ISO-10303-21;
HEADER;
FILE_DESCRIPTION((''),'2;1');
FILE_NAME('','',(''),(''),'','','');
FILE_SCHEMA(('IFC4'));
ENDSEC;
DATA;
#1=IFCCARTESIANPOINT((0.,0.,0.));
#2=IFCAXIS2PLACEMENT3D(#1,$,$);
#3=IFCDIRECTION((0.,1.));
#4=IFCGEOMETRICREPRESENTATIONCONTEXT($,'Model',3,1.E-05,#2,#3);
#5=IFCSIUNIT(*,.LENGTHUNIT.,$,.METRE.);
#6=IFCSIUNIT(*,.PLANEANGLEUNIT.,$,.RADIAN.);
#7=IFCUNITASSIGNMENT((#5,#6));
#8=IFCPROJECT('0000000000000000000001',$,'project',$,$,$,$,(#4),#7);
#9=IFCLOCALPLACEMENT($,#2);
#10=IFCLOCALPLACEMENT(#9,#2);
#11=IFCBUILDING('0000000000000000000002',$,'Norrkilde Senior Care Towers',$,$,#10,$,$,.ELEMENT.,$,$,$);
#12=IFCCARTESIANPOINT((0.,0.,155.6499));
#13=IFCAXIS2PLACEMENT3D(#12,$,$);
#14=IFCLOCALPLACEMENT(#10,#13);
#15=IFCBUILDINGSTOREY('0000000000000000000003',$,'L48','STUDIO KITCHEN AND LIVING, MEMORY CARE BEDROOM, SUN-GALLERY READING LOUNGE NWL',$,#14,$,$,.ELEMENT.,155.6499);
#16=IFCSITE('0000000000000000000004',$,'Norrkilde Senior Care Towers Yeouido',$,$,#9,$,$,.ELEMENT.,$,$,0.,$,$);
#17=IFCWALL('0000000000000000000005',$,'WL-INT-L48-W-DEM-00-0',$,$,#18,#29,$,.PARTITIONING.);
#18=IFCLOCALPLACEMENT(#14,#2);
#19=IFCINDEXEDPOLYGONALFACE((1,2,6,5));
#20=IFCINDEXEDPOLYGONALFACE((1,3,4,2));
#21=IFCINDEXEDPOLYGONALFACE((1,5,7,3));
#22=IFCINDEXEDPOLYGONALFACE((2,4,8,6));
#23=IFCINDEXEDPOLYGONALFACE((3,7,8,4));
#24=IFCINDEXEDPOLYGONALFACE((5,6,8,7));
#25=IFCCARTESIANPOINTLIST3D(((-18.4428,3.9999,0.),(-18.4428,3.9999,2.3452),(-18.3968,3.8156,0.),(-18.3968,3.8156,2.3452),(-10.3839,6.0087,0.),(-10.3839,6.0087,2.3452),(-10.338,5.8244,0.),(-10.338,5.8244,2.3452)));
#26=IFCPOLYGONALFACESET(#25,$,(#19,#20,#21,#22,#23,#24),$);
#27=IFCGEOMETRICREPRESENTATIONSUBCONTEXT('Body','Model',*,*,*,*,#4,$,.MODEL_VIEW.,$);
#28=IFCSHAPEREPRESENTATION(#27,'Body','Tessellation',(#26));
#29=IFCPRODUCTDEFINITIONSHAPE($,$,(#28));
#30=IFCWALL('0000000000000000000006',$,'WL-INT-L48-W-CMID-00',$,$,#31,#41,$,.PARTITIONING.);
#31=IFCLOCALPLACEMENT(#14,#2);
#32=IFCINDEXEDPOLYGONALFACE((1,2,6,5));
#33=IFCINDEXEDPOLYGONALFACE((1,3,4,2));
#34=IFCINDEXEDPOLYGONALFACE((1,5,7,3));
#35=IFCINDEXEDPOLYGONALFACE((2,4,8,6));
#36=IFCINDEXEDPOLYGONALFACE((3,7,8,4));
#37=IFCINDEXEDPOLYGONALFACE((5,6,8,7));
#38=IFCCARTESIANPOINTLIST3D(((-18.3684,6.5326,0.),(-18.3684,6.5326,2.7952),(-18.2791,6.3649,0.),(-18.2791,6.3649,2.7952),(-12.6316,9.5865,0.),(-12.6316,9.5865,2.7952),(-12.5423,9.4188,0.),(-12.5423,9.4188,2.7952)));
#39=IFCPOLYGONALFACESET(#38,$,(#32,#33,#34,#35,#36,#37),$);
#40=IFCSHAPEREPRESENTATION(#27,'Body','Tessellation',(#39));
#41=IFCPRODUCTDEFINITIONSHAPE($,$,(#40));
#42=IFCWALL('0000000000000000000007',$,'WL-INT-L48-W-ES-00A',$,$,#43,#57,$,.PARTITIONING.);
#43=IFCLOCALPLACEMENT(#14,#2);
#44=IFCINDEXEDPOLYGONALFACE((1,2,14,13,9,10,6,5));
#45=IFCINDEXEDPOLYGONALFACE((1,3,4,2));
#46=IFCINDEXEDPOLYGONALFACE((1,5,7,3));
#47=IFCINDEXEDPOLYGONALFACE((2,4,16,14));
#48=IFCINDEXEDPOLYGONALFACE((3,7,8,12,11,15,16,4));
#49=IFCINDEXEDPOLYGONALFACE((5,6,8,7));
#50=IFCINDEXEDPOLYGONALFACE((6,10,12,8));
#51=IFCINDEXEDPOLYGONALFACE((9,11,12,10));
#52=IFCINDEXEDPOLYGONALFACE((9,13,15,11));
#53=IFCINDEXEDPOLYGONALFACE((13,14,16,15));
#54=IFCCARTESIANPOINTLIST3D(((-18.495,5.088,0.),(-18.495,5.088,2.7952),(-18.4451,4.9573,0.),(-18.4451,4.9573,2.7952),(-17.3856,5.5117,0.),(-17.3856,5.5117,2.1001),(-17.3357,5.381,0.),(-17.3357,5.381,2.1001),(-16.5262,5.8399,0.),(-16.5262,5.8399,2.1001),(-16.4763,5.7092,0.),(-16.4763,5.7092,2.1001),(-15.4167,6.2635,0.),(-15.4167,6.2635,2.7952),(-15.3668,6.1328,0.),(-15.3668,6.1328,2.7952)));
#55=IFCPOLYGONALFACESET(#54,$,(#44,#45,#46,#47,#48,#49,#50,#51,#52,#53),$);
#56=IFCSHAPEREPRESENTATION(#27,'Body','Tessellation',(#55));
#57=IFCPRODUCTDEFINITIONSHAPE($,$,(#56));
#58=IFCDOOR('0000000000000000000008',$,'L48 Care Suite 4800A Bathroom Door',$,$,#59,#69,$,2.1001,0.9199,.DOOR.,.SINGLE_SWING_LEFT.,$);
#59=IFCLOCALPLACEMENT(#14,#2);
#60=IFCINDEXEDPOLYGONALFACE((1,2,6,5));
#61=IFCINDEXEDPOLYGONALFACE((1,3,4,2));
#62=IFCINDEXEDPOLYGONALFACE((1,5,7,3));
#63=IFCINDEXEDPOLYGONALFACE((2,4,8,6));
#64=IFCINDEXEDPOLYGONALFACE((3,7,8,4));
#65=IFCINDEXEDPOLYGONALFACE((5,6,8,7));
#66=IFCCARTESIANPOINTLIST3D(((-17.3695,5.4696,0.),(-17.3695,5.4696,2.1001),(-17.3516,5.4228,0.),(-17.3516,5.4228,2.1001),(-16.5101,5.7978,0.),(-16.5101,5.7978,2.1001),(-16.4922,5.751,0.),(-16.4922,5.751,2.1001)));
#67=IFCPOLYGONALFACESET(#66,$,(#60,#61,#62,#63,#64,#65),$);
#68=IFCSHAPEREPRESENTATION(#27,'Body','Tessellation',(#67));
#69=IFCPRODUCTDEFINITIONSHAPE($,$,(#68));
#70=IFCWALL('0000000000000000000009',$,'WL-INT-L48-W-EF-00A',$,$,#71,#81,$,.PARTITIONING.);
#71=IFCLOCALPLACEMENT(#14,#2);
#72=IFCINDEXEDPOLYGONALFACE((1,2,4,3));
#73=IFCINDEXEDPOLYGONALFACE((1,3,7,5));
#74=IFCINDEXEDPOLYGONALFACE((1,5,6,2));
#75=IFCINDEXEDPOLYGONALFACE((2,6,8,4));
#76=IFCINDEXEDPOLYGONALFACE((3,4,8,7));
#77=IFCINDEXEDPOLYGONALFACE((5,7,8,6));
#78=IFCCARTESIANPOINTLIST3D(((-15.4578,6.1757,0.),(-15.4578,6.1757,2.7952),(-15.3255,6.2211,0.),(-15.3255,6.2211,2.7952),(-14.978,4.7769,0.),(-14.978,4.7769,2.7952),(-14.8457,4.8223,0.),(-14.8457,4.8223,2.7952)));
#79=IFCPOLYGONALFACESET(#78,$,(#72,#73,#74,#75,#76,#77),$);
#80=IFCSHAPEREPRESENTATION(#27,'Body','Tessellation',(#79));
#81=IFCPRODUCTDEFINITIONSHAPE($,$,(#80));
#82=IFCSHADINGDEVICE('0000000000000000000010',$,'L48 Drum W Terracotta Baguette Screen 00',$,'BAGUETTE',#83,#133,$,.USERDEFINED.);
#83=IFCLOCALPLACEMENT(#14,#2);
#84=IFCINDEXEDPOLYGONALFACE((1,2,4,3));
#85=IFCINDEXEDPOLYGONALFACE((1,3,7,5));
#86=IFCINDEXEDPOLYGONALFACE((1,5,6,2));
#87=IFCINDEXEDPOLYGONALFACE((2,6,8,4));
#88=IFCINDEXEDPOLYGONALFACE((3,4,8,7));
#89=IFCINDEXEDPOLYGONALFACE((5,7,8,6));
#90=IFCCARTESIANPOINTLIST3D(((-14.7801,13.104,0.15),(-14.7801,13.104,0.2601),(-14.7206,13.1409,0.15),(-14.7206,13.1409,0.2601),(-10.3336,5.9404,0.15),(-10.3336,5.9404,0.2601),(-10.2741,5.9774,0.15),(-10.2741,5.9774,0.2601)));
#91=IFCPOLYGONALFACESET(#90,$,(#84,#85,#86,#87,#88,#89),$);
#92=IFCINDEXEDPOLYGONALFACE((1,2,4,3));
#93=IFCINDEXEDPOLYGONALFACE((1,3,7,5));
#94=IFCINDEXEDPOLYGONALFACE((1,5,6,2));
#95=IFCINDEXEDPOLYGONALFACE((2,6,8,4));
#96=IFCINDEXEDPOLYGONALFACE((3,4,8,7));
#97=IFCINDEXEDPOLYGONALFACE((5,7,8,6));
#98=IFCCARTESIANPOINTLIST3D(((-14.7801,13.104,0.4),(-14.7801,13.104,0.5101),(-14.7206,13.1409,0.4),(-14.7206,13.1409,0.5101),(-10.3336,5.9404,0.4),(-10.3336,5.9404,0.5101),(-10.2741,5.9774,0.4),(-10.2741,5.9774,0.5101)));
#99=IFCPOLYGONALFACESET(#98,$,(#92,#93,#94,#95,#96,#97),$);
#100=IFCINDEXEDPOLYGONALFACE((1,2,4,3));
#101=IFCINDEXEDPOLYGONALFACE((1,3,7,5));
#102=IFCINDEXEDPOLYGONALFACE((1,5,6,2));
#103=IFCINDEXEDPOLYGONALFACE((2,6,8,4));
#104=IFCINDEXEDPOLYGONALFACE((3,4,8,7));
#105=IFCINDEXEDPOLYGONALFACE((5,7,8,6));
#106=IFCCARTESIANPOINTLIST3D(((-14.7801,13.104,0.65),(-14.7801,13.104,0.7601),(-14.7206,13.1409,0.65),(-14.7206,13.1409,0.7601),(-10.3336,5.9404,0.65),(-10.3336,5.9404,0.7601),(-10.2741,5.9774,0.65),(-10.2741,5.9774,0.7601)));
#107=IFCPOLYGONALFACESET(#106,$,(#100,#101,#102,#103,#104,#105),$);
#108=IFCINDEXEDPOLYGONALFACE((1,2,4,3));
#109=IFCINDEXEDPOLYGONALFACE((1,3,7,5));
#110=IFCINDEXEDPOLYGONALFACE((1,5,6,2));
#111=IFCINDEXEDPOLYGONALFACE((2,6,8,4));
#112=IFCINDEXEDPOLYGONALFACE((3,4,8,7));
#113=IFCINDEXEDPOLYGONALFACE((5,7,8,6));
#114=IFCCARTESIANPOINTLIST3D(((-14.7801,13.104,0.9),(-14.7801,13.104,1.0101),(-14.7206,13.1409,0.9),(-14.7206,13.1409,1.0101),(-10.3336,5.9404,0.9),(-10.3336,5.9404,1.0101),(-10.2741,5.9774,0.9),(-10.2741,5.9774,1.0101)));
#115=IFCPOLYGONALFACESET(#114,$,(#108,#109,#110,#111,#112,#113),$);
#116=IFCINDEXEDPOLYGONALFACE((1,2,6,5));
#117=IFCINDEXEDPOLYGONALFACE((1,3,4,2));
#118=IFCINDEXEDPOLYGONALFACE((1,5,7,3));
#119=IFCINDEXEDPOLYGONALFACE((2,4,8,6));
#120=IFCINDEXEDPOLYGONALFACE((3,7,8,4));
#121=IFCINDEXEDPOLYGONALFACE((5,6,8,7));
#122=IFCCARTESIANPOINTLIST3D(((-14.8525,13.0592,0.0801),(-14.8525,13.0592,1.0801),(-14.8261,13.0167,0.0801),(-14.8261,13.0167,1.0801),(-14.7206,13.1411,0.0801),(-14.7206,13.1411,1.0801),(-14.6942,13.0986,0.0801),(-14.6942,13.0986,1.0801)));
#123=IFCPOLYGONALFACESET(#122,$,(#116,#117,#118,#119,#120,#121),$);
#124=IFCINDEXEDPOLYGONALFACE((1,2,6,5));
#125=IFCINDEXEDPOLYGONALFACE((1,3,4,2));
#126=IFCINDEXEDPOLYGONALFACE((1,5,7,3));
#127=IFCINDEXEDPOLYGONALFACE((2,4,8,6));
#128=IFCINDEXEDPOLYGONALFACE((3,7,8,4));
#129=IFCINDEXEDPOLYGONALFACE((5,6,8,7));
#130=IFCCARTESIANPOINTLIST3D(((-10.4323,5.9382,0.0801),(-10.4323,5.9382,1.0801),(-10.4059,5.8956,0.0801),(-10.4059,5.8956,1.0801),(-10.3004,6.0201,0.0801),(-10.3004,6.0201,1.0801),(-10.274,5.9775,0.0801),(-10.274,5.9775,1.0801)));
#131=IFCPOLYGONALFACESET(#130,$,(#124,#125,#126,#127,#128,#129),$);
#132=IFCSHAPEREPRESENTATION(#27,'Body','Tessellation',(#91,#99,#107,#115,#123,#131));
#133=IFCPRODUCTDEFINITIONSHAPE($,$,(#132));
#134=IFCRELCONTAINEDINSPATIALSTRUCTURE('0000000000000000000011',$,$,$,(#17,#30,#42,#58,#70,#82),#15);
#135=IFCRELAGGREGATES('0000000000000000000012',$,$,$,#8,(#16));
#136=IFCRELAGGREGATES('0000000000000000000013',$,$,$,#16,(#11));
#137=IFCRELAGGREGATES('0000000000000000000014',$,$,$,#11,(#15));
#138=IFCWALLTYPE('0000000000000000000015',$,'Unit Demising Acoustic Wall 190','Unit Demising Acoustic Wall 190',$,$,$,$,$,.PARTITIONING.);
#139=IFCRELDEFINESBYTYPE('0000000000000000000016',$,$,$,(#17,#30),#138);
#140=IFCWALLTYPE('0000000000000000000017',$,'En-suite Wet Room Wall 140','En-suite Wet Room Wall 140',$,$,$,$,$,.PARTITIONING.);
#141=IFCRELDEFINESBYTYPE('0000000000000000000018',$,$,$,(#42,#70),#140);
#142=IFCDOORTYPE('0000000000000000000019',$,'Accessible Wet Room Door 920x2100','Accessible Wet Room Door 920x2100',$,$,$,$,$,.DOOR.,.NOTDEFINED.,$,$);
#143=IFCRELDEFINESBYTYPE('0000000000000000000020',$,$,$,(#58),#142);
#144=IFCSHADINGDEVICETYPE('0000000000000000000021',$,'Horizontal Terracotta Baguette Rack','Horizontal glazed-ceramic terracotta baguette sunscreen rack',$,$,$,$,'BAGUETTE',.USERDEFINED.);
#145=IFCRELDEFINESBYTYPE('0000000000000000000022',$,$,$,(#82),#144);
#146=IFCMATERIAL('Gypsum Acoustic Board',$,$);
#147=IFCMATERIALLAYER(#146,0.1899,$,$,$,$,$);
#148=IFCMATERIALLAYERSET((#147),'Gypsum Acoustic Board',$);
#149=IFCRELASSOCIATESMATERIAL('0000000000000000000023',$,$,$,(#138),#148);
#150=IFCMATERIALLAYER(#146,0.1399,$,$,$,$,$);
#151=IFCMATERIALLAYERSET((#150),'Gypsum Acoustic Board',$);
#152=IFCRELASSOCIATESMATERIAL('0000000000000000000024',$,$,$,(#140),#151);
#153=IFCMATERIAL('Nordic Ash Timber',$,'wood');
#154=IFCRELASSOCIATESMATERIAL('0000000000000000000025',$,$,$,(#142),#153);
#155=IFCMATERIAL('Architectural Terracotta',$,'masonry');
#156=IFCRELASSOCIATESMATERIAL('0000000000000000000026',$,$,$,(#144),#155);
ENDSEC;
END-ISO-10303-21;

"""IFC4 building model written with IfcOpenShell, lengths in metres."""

from ifc_helpers import new_model, si_unit, direction, frame, frame_2d, origin, origin_2d, place, context, subcontext, project, spatial, rectangle, extrude, source, transform, mapped, material, layer, layer_set, type_object, type_shapes, element, fill, save


model = new_model("IFC4")

# Units and contexts
model_context = context("Model", 3, precision=1e-05, world=origin(), true_north=direction((0.0, 1.0)))
body_context = subcontext(model_context, "Body", "Model", "MODEL_VIEW")
ifc_project = project(units=[si_unit("LENGTHUNIT", "METRE"), si_unit("PLANEANGLEUNIT", "RADIAN")], contexts=[model_context])

# Site, building, storey
site_placement = place(None, origin())
site = spatial("IfcSite", under=ifc_project, at=site_placement, Name="Norrkilde Senior Care Towers Yeouido", CompositionType="ELEMENT", RefElevation=0.0)
building_placement = place(site_placement, origin())
building = spatial("IfcBuilding", under=site, at=building_placement, Name="Norrkilde Senior Care Towers", CompositionType="ELEMENT")
storey_placement = place(building_placement, frame((0.0, 0.0, 155.6499)))
storey = spatial("IfcBuildingStorey", under=building, at=storey_placement, Name="L48", Description="STUDIO KITCHEN AND LIVING, MEMORY CARE BEDROOM, SUN-GALLERY READING LOUNGE NWL", CompositionType="ELEMENT", Elevation=155.6499)

# Shared definitions
ifc_material_1 = material(Name="Gypsum Acoustic Board")
ifc_material_2 = material(Name="Nordic Ash Timber", Category="wood")

# Walls
ifc_layer_1 = layer(ifc_material_1, 0.1899)
ifc_layer_set_1 = layer_set([ifc_layer_1], Name="Gypsum Acoustic Board")
wall_type_1 = type_object("IfcWallType", Name="Unit Demising Acoustic Wall 190", Description="Unit Demising Acoustic Wall 190", PredefinedType="PARTITIONING", material=ifc_layer_set_1)
shared_shape_1 = source(origin(), body_context, "Body", "SweptSolid", [
    extrude(rectangle(XDim=8.3054, YDim=0.1899, at=frame_2d((4.1528, 0.0))), origin(), (0.0, 0.0, 1.0), 2.3452),
])
wall_1_placement = place(storey_placement, frame((-18.4199, 3.9077, 0.0), z_axis=(0.0, 0.0, 1.0), x_axis=(0.97031, 0.241865, 0.0)))
element("IfcWall", 1, at=wall_1_placement, inside=storey, type_object=wall_type_1, Name="WL-INT-L48-W-DEM-00-0", PredefinedType="PARTITIONING", context=body_context, shape_type="MappedRepresentation", body=[
    mapped(shared_shape_1, transform((0.0, 0.0, 0.0), x_axis=(1.0, 0.0, 0.0), y_axis=(0.0, 1.0, 0.0), z_axis=(0.0, 0.0, 1.0), scale=1.0)),
])
shared_shape_2 = source(origin(), body_context, "Body", "SweptSolid", [
    extrude(rectangle(XDim=6.499, YDim=0.1899, at=frame_2d((3.2495, 0.0))), origin(), (0.0, 0.0, 1.0), 2.7952),
])
type_shapes(wall_type_1, [shared_shape_1, shared_shape_2])
wall_2_placement = place(storey_placement, frame((-18.3237, 6.4487, 0.0), z_axis=(0.0, 0.0, 1.0), x_axis=(0.882716, 0.469908, 0.0)))
element("IfcWall", 2, at=wall_2_placement, inside=storey, type_object=wall_type_1, Name="WL-INT-L48-W-CMID-00", PredefinedType="PARTITIONING", context=body_context, shape_type="MappedRepresentation", body=[
    mapped(shared_shape_2, transform((0.0, 0.0, 0.0), x_axis=(1.0, 0.0, 0.0), y_axis=(0.0, 1.0, 0.0), z_axis=(0.0, 0.0, 1.0), scale=1.0)),
])

# Wall, opening, door
ifc_layer_2 = layer(ifc_material_1, 0.1399)
ifc_layer_set_2 = layer_set([ifc_layer_2], Name="Gypsum Acoustic Board")
wall_type_2 = type_object("IfcWallType", Name="En-suite Wet Room Wall 140", Description="En-suite Wet Room Wall 140", PredefinedType="PARTITIONING", material=ifc_layer_set_2)
shared_shape_3 = source(origin(), body_context, "Body", "SweptSolid", [
    extrude(rectangle(XDim=3.2952, YDim=0.1399, at=frame_2d((1.6475, 0.0))), origin(), (0.0, 0.0, 1.0), 2.7952),
])
wall_3_placement = place(storey_placement, frame((-18.47, 5.0227, 0.0), z_axis=(0.0, 0.0, 1.0), x_axis=(0.934202, 0.356744, 0.0)))
wall_3 = element("IfcWall", 3, at=wall_3_placement, inside=storey, type_object=wall_type_2, Name="WL-INT-L48-W-ES-00A", PredefinedType="PARTITIONING", context=body_context, shape_type="MappedRepresentation", body=[
    mapped(shared_shape_3, transform((0.0, 0.0, 0.0), x_axis=(1.0, 0.0, 0.0), y_axis=(0.0, 1.0, 0.0), z_axis=(0.0, 0.0, 1.0), scale=1.0)),
])
opening_1_placement = place(wall_3_placement, frame((1.1875, 0.0, 0.0)))
opening_1 = element("IfcOpeningElement", 4, at=opening_1_placement, cuts=wall_3, PredefinedType="OPENING", context=body_context, shape_type="SweptSolid", body=[
    extrude(rectangle(XDim=0.9199, YDim=2.1001, at=frame_2d((0.46, 1.05))), frame((0.0, 0.0798, 0.0), z_axis=(0.0, -1.0, 0.0), x_axis=(1.0, 0.0, 0.0)), (0.0, 0.0, 1.0), 0.1599),
])
door_type_1 = type_object("IfcDoorType", Name="Accessible Wet Room Door 920x2100", Description="Accessible Wet Room Door 920x2100", OperationType="NOTDEFINED", PredefinedType="DOOR", material=ifc_material_2)
shared_shape_4 = source(origin(), body_context, "Body", "SweptSolid", [
    extrude(rectangle(XDim=0.9199, YDim=2.1001, at=frame_2d((0.46, 1.05))), frame((0.0, 0.0249, 0.0), z_axis=(0.0, -1.0, 0.0), x_axis=(1.0, 0.0, 0.0)), (0.0, 0.0, 1.0), 0.05),
])
type_shapes(door_type_1, [shared_shape_4])
door_1_placement = place(opening_1_placement, origin())
door_1 = element("IfcDoor", 5, at=door_1_placement, inside=storey, type_object=door_type_1, Name="L48 Care Suite 4800A Bathroom Door", OperationType="SINGLE_SWING_LEFT", OverallHeight=2.1001, OverallWidth=0.9199, PredefinedType="DOOR", context=body_context, shape_type="MappedRepresentation", body=[
    mapped(shared_shape_4, transform((0.0, 0.0, 0.0), x_axis=(1.0, 0.0, 0.0), y_axis=(0.0, 1.0, 0.0), z_axis=(0.0, 0.0, 1.0), scale=1.0)),
])
fill(opening_1, door_1)

# Wall
shared_shape_5 = source(origin(), body_context, "Body", "SweptSolid", [
    extrude(rectangle(XDim=1.4788, YDim=0.1399, at=frame_2d((0.7393, 0.0))), origin(), (0.0, 0.0, 1.0), 2.7952),
])
type_shapes(wall_type_2, [shared_shape_3, shared_shape_5])
wall_4_placement = place(storey_placement, frame((-15.3916, 6.1982, 0.0), z_axis=(0.0, 0.0, 1.0), x_axis=(0.324438, -0.945907, 0.0)))
element("IfcWall", 6, at=wall_4_placement, inside=storey, type_object=wall_type_2, Name="WL-INT-L48-W-EF-00A", PredefinedType="PARTITIONING", context=body_context, shape_type="MappedRepresentation", body=[
    mapped(shared_shape_5, transform((0.0, 0.0, 0.0), x_axis=(1.0, 0.0, 0.0), y_axis=(0.0, 1.0, 0.0), z_axis=(0.0, 0.0, 1.0), scale=1.0)),
])

# Shading device
ifc_material_3 = material(Name="Architectural Terracotta", Category="masonry")
shading_device_type = type_object("IfcShadingDeviceType", Name="Horizontal Terracotta Baguette Rack", Description="Horizontal glazed-ceramic terracotta baguette sunscreen rack", ElementType="BAGUETTE", PredefinedType="USERDEFINED", material=ifc_material_3)
shared_shape_6 = source(origin(), body_context, "Body", "SweptSolid", [
    extrude(rectangle(XDim=0.0701, YDim=0.1101, at=origin_2d()), frame((0.0, 0.0901, 0.125), z_axis=(1.0, 0.0, 0.0), x_axis=(0.0, 1.0, 0.0)), (0.0, 0.0, 1.0), 8.4314),
    extrude(rectangle(XDim=0.0701, YDim=0.1101, at=origin_2d()), frame((0.0, 0.0901, 0.375), z_axis=(1.0, 0.0, 0.0), x_axis=(0.0, 1.0, 0.0)), (0.0, 0.0, 1.0), 8.4314),
    extrude(rectangle(XDim=0.0701, YDim=0.1101, at=origin_2d()), frame((0.0, 0.0901, 0.625), z_axis=(1.0, 0.0, 0.0), x_axis=(0.0, 1.0, 0.0)), (0.0, 0.0, 1.0), 8.4314),
    extrude(rectangle(XDim=0.0701, YDim=0.1101, at=origin_2d()), frame((0.0, 0.0901, 0.875), z_axis=(1.0, 0.0, 0.0), x_axis=(0.0, 1.0, 0.0)), (0.0, 0.0, 1.0), 8.4314),
    extrude(rectangle(XDim=0.05, YDim=0.1553, at=origin_2d()), frame((0.0249, 0.0476, 0.0)), (0.0, 0.0, 1.0), 1.0),
    extrude(rectangle(XDim=0.05, YDim=0.1553, at=origin_2d()), frame((8.4062, 0.0476, 0.0)), (0.0, 0.0, 1.0), 1.0),
])
type_shapes(shading_device_type, [shared_shape_6])
shading_device_placement = place(storey_placement, frame((-14.8269, 13.075, 0.0801), z_axis=(0.0, 0.0, 1.0), x_axis=(0.527378, -0.849631, 0.0)))
element("IfcShadingDevice", 7, at=shading_device_placement, inside=storey, type_object=shading_device_type, Name="L48 Drum W Terracotta Baguette Screen 00", ObjectType="BAGUETTE", PredefinedType="USERDEFINED", context=body_context, shape_type="MappedRepresentation", body=[
    mapped(shared_shape_6, transform((0.0, 0.0, 0.0), x_axis=(1.0, 0.0, 0.0), y_axis=(0.0, 1.0, 0.0), z_axis=(0.0, 0.0, 1.0), scale=1.0)),
])

save(model, "model.ifc")
